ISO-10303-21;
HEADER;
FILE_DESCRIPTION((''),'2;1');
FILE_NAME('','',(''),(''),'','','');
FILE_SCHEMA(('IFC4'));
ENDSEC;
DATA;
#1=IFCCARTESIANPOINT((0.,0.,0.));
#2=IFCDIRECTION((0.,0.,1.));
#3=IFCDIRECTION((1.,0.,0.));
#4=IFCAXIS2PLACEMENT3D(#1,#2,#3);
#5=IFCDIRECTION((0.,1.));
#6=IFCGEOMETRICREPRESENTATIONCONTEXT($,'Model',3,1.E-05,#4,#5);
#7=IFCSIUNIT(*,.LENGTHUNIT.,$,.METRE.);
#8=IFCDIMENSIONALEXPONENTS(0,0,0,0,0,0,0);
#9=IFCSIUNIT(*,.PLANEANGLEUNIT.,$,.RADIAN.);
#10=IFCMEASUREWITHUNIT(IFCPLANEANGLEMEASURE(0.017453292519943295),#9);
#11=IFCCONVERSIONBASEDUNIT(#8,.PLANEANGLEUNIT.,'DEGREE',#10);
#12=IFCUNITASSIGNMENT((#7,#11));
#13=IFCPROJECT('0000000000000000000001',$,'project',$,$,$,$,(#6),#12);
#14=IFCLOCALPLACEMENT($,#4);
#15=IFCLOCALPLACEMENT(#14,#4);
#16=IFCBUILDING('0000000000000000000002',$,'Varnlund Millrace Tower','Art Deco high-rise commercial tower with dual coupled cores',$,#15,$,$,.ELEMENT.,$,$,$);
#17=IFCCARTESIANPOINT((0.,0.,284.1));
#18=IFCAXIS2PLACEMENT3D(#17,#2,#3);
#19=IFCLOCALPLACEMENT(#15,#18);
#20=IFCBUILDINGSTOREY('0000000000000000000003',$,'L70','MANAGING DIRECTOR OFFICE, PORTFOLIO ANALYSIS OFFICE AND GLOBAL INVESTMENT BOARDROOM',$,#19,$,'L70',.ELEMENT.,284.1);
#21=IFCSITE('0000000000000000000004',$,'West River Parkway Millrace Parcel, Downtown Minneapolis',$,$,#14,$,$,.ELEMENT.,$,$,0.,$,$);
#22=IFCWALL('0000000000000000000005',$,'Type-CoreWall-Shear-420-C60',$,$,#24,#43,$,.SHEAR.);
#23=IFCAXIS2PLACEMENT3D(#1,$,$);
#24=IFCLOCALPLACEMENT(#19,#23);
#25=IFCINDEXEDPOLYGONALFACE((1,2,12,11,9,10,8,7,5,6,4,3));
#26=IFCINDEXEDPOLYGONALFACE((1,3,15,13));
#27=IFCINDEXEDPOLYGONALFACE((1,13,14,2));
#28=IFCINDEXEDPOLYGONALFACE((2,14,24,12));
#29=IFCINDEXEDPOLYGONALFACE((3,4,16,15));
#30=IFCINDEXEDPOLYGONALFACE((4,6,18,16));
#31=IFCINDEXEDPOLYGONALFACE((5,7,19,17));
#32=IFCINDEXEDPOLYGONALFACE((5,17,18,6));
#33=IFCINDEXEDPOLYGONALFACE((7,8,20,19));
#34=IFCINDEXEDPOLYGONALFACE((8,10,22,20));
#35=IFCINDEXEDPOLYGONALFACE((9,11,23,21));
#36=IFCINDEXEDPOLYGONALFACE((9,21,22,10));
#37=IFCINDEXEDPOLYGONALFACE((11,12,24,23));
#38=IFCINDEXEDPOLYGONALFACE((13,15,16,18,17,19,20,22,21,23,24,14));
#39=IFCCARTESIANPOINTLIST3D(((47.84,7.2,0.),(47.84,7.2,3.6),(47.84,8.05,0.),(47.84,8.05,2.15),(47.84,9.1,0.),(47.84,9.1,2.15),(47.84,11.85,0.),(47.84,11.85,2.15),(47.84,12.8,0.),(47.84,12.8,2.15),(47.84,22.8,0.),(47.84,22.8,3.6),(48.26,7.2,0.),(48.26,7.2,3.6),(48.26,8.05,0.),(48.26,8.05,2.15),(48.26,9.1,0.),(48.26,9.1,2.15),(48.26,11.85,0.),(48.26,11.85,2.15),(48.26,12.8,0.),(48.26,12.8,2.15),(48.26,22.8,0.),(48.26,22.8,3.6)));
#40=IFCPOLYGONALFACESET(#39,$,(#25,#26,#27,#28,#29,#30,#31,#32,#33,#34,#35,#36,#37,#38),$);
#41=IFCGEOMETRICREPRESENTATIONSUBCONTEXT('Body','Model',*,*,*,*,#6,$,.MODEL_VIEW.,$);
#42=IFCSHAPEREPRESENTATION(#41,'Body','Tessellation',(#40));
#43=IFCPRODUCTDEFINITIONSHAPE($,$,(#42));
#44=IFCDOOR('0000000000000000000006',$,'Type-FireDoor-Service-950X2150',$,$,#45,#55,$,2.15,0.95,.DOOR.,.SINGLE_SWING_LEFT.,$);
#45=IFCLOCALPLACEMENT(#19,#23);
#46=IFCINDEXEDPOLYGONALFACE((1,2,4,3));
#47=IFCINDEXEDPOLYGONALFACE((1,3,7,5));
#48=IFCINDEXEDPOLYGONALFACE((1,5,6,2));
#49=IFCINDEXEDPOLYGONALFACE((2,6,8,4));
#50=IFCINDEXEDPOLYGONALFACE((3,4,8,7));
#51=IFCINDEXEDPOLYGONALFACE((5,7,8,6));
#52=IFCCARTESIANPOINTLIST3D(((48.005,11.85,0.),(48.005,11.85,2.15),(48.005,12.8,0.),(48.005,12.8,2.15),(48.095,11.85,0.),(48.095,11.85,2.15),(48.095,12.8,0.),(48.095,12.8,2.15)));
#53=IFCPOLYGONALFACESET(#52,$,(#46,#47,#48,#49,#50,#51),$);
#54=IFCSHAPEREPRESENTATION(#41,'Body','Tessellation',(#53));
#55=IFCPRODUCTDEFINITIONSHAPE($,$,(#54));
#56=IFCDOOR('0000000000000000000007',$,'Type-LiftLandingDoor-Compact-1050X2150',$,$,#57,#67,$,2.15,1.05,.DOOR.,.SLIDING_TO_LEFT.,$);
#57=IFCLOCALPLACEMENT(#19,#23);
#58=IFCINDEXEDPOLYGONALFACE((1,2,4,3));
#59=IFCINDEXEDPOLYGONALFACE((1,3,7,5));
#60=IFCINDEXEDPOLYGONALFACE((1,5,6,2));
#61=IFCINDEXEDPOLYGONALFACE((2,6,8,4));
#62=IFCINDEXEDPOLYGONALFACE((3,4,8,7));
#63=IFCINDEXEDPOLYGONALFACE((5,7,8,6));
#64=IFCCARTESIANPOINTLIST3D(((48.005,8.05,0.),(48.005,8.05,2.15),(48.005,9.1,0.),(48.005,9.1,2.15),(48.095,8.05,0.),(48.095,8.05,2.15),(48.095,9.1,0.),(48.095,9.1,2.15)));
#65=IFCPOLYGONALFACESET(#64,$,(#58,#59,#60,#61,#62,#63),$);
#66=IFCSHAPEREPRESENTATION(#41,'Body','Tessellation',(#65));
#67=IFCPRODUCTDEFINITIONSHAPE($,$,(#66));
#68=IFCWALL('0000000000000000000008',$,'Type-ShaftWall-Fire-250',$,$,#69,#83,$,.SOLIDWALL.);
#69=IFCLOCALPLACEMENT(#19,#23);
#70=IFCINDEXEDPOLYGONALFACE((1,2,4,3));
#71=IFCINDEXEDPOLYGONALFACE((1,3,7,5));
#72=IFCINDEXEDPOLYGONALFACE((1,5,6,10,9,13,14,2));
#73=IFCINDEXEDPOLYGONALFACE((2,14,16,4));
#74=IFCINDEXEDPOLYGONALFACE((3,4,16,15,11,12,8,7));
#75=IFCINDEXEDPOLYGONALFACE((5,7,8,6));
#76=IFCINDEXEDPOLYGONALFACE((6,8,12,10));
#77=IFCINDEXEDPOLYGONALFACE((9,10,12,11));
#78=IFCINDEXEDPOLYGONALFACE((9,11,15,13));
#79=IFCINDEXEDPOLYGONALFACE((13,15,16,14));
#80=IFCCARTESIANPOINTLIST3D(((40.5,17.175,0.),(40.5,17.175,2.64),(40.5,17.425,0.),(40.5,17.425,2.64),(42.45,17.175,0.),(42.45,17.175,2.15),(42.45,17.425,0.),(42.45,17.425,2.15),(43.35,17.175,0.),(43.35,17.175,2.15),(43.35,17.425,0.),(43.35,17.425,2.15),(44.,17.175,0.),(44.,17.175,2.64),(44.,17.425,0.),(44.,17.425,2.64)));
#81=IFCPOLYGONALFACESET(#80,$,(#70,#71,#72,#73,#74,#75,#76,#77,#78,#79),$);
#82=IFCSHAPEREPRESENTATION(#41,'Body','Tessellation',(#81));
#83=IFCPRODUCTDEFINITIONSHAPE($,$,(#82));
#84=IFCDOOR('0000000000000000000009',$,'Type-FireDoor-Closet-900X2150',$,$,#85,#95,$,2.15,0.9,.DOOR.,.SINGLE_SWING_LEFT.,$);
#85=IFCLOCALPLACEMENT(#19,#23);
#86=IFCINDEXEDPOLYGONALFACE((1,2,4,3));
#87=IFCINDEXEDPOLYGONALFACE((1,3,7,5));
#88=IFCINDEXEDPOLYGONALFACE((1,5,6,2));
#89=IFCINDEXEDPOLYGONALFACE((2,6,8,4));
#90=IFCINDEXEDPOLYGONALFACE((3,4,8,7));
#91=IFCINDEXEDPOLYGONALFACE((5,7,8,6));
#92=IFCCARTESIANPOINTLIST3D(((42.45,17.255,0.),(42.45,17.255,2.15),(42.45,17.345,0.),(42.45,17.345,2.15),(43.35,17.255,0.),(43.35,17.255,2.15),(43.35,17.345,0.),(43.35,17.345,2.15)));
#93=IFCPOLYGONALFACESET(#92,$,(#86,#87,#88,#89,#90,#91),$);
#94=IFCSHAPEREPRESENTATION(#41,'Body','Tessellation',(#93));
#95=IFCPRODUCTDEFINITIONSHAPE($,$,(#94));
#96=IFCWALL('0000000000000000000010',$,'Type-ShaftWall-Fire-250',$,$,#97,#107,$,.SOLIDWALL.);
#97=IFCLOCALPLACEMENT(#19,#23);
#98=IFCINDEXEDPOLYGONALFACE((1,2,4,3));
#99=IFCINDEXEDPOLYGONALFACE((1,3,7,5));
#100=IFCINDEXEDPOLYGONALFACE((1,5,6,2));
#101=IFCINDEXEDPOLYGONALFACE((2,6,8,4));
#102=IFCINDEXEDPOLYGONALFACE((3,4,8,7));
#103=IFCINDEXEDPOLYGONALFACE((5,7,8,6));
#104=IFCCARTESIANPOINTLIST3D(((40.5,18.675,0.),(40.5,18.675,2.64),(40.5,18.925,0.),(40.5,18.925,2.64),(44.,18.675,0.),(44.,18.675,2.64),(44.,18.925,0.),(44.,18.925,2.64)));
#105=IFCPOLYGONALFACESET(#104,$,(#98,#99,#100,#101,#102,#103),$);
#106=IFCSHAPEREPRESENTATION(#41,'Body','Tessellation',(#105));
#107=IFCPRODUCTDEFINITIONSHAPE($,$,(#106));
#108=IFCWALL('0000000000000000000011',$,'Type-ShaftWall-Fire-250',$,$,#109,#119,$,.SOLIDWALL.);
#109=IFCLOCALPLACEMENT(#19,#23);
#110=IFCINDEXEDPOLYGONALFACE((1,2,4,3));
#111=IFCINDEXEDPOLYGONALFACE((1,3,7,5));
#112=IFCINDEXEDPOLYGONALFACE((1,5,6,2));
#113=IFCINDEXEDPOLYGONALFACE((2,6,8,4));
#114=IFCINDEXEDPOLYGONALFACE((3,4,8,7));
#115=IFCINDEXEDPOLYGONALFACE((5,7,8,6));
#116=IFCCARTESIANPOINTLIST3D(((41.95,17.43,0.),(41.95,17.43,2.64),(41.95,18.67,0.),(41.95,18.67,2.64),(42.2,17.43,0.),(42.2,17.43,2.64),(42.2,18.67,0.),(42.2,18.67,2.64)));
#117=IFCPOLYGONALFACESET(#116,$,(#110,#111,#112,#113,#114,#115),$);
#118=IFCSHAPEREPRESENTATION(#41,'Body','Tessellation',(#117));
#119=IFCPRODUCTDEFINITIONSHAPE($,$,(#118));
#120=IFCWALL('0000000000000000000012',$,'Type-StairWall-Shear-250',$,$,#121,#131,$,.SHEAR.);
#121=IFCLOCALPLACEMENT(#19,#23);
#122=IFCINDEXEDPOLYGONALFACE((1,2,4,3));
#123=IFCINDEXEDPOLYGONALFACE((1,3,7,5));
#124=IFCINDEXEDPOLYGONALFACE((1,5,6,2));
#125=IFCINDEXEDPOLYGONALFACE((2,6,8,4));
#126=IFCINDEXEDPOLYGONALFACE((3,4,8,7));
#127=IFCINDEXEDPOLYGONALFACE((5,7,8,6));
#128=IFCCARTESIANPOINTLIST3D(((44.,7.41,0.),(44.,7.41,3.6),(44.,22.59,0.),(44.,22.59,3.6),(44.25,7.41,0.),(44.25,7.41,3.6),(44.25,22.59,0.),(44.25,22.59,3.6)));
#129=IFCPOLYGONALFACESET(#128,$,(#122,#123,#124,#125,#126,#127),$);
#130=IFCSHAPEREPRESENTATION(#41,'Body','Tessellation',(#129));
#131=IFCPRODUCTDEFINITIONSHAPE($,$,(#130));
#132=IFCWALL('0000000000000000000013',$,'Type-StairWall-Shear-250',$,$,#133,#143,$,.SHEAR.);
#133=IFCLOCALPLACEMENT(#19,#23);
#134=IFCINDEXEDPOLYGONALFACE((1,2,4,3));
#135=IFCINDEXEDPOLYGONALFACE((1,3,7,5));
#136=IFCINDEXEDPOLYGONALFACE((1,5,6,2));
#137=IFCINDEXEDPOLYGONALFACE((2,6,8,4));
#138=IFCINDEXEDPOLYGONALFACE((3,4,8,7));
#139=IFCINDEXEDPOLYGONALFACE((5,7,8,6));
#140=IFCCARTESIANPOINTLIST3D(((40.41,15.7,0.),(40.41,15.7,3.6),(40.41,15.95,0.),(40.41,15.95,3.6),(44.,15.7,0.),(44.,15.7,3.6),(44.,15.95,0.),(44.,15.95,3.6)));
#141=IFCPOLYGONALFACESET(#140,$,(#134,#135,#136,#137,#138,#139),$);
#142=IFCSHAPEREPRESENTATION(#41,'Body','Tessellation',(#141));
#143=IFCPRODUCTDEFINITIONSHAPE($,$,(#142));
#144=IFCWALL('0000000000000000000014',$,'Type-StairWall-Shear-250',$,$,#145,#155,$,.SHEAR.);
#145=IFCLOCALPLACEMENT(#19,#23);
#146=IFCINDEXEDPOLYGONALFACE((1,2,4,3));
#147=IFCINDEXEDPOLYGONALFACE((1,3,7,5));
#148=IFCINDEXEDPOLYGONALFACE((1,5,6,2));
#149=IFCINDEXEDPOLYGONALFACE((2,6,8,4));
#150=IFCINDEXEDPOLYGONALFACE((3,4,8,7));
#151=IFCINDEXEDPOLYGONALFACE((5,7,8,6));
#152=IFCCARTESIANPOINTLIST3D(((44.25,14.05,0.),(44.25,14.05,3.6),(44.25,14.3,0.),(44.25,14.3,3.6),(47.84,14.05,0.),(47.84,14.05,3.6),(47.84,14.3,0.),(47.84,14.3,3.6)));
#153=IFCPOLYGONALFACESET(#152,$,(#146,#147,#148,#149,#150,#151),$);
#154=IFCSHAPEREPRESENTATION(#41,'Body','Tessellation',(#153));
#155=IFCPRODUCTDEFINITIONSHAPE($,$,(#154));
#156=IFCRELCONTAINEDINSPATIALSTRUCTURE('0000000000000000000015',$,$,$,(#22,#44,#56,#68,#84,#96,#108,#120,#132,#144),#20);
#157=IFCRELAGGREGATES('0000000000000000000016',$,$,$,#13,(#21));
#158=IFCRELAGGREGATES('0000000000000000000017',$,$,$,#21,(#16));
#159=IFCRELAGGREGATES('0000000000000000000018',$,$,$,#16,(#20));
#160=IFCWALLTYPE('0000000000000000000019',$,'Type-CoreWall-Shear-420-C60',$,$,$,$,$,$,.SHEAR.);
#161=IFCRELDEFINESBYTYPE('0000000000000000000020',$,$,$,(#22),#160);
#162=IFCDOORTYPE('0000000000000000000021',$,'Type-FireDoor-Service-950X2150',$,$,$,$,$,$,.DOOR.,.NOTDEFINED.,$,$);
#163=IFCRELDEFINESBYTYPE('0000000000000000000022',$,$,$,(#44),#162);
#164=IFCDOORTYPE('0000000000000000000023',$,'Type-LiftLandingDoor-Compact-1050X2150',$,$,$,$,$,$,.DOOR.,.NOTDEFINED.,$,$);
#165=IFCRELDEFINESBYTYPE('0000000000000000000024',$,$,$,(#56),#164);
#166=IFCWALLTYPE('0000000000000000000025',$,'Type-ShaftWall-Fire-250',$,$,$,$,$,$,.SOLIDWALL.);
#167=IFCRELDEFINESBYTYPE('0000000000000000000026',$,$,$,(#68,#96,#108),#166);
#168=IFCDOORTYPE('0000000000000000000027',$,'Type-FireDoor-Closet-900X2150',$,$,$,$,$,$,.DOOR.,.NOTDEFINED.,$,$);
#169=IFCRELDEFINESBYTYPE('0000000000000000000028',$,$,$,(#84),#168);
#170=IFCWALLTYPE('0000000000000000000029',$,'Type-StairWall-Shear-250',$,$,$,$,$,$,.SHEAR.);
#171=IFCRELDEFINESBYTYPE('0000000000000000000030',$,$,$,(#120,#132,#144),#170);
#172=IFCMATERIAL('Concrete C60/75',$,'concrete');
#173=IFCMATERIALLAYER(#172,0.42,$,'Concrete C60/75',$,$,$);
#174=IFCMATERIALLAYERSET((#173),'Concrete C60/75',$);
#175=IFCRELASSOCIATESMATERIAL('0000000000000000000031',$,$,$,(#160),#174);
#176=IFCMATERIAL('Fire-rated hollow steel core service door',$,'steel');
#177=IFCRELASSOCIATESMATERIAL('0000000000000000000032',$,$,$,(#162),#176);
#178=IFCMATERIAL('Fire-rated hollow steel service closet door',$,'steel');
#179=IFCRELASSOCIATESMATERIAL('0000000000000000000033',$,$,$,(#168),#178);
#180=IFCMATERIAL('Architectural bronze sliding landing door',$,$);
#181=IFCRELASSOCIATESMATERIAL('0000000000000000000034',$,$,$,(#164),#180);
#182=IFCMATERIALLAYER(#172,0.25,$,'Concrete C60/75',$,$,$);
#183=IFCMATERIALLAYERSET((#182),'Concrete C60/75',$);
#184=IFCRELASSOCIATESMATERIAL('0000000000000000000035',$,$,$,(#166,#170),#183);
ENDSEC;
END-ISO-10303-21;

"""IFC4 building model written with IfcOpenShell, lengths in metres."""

from ifc_helpers import new_model, entity, si_unit, converted_unit, direction, frame, origin_with_axes, origin_2d_with_axis, place, context, subcontext, project, spatial, polyline, rectangle, outline, extrude, material, layer, layer_set, type_object, element, fill, save


model = new_model("IFC4")

# Units and contexts
model_context = context("Model", 3, precision=1e-05, world=origin_with_axes(), true_north=direction((0.0, 1.0)))
body_context = subcontext(model_context, "Body", "Model", "MODEL_VIEW")
ifc_project = project(units=[si_unit("LENGTHUNIT", "METRE"), converted_unit("PLANEANGLEUNIT", "DEGREE", entity("IfcPlaneAngleMeasure", 0.017453292519943295), si_unit("PLANEANGLEUNIT", "RADIAN"), dimensions=[0, 0, 0, 0, 0, 0, 0])], contexts=[model_context])

# Site, building, storey
site_placement = place(None, origin_with_axes())
site = spatial("IfcSite", under=ifc_project, at=site_placement, Name="West River Parkway Millrace Parcel, Downtown Minneapolis", CompositionType="ELEMENT", RefElevation=0.0)
building_placement = place(site_placement, origin_with_axes())
building = spatial("IfcBuilding", under=site, at=building_placement, Name="Varnlund Millrace Tower", Description="Art Deco high-rise commercial tower with dual coupled cores", CompositionType="ELEMENT")
storey_placement = place(building_placement, frame((0.0, 0.0, 284.1), z_axis=(0.0, 0.0, 1.0), x_axis=(1.0, 0.0, 0.0)))
storey = spatial("IfcBuildingStorey", under=building, at=storey_placement, Name="L70", Description="MANAGING DIRECTOR OFFICE, PORTFOLIO ANALYSIS OFFICE AND GLOBAL INVESTMENT BOARDROOM", LongName="L70", CompositionType="ELEMENT", Elevation=284.1)

# Shared definitions
ifc_material_1 = material(Name="Concrete C60/75", Category="concrete")
ifc_layer_1 = layer(ifc_material_1, 0.42, Name="Concrete C60/75")
ifc_layer_set_1 = layer_set([ifc_layer_1], Name="Concrete C60/75")
wall_type_1 = type_object("IfcWallType", Name="Type-CoreWall-Shear-420-C60", PredefinedType="SHEAR", material=ifc_layer_set_1)
ifc_material_2 = material(Name="Fire-rated hollow steel core service door", Category="steel")
door_type_1 = type_object("IfcDoorType", Name="Type-FireDoor-Service-950X2150", OperationType="NOTDEFINED", PredefinedType="DOOR", material=ifc_material_2)
ifc_material_3 = material(Name="Fire-rated hollow steel service closet door", Category="steel")
door_type_2 = type_object("IfcDoorType", Name="Type-FireDoor-Closet-900X2150", OperationType="NOTDEFINED", PredefinedType="DOOR", material=ifc_material_3)

# Wall, openings, doors
wall_1_placement = place(storey_placement, frame((48.05, 7.2, 0.0), z_axis=(0.0, 0.0, 1.0), x_axis=(0.0, 1.0, 0.0)))
wall_1 = element("IfcWall", 1, at=wall_1_placement, inside=storey, type_object=wall_type_1, Name="Type-CoreWall-Shear-420-C60", PredefinedType="SHEAR", context=body_context, shape_type="SweptSolid", body=[
    extrude(outline(polyline([(0.0, -0.21), (15.6, -0.21), (15.6, 0.21), (0.0, 0.21), (0.0, -0.21)])), origin_with_axes(), (0.0, 0.0, 1.0), 3.6),
])
opening_1_placement = place(wall_1_placement, frame((1.375, 0.0, 0.0), z_axis=(0.0, 0.0, 1.0), x_axis=(1.0, 0.0, 0.0)))
opening_1 = element("IfcOpeningElement", 2, at=opening_1_placement, cuts=wall_1, PredefinedType="OPENING", context=body_context, shape_type="SweptSolid", body=[
    extrude(rectangle(XDim=1.05, YDim=0.44, at=origin_2d_with_axis()), origin_with_axes(), (0.0, 0.0, 1.0), 2.15),
])
opening_2_placement = place(wall_1_placement, frame((5.125, 0.0, 0.0), z_axis=(0.0, 0.0, 1.0), x_axis=(1.0, 0.0, 0.0)))
opening_2 = element("IfcOpeningElement", 3, at=opening_2_placement, cuts=wall_1, PredefinedType="OPENING", context=body_context, shape_type="SweptSolid", body=[
    extrude(rectangle(XDim=0.95, YDim=0.44, at=origin_2d_with_axis()), origin_with_axes(), (0.0, 0.0, 1.0), 2.15),
])
door_1_placement = place(wall_1_placement, frame((5.125, 0.0, 0.0), z_axis=(0.0, 0.0, 1.0), x_axis=(1.0, 0.0, 0.0)))
door_1 = element("IfcDoor", 4, at=door_1_placement, inside=storey, type_object=door_type_1, Name="Type-FireDoor-Service-950X2150", OperationType="SINGLE_SWING_LEFT", OverallHeight=2.15, OverallWidth=0.95, PredefinedType="DOOR", context=body_context, shape_type="SweptSolid", body=[
    extrude(rectangle(XDim=0.95, YDim=0.09, at=origin_2d_with_axis()), origin_with_axes(), (0.0, 0.0, 1.0), 2.15),
])
fill(opening_2, door_1)
ifc_material_4 = material(Name="Architectural bronze sliding landing door")
door_type_3 = type_object("IfcDoorType", Name="Type-LiftLandingDoor-Compact-1050X2150", OperationType="NOTDEFINED", PredefinedType="DOOR", material=ifc_material_4)
door_2_placement = place(wall_1_placement, frame((1.375, 0.0, 0.0), z_axis=(0.0, 0.0, 1.0), x_axis=(1.0, 0.0, 0.0)))
door_2 = element("IfcDoor", 5, at=door_2_placement, inside=storey, type_object=door_type_3, Name="Type-LiftLandingDoor-Compact-1050X2150", OperationType="SLIDING_TO_LEFT", OverallHeight=2.15, OverallWidth=1.05, PredefinedType="DOOR", context=body_context, shape_type="SweptSolid", body=[
    extrude(rectangle(XDim=1.05, YDim=0.09, at=origin_2d_with_axis()), origin_with_axes(), (0.0, 0.0, 1.0), 2.15),
])
fill(opening_1, door_2)

# Wall, opening, door
ifc_layer_2 = layer(ifc_material_1, 0.25, Name="Concrete C60/75")
ifc_layer_set_2 = layer_set([ifc_layer_2], Name="Concrete C60/75")
wall_type_2 = type_object("IfcWallType", Name="Type-ShaftWall-Fire-250", PredefinedType="SOLIDWALL", material=ifc_layer_set_2)
wall_2_placement = place(storey_placement, frame((40.5, 17.3, 0.0), z_axis=(0.0, 0.0, 1.0), x_axis=(1.0, 0.0, 0.0)))
wall_2 = element("IfcWall", 6, at=wall_2_placement, inside=storey, type_object=wall_type_2, Name="Type-ShaftWall-Fire-250", PredefinedType="SOLIDWALL", context=body_context, shape_type="SweptSolid", body=[
    extrude(outline(polyline([(0.0, -0.125), (3.5, -0.125), (3.5, 0.125), (0.0, 0.125), (0.0, -0.125)])), origin_with_axes(), (0.0, 0.0, 1.0), 2.64),
])
opening_3_placement = place(wall_2_placement, frame((2.4, 0.0, 0.0), z_axis=(0.0, 0.0, 1.0), x_axis=(1.0, 0.0, 0.0)))
opening_3 = element("IfcOpeningElement", 7, at=opening_3_placement, cuts=wall_2, PredefinedType="OPENING", context=body_context, shape_type="SweptSolid", body=[
    extrude(rectangle(XDim=0.9, YDim=0.27, at=origin_2d_with_axis()), origin_with_axes(), (0.0, 0.0, 1.0), 2.15),
])
door_3_placement = place(wall_2_placement, frame((2.4, 0.0, 0.0), z_axis=(0.0, 0.0, 1.0), x_axis=(1.0, 0.0, 0.0)))
door_3 = element("IfcDoor", 8, at=door_3_placement, inside=storey, type_object=door_type_2, Name="Type-FireDoor-Closet-900X2150", OperationType="SINGLE_SWING_LEFT", OverallHeight=2.15, OverallWidth=0.9, PredefinedType="DOOR", context=body_context, shape_type="SweptSolid", body=[
    extrude(rectangle(XDim=0.9, YDim=0.09, at=origin_2d_with_axis()), origin_with_axes(), (0.0, 0.0, 1.0), 2.15),
])
fill(opening_3, door_3)

# Walls
wall_3_placement = place(storey_placement, frame((40.5, 18.8, 0.0), z_axis=(0.0, 0.0, 1.0), x_axis=(1.0, 0.0, 0.0)))
element("IfcWall", 9, at=wall_3_placement, inside=storey, type_object=wall_type_2, Name="Type-ShaftWall-Fire-250", PredefinedType="SOLIDWALL", context=body_context, shape_type="SweptSolid", body=[
    extrude(outline(polyline([(0.0, -0.125), (3.5, -0.125), (3.5, 0.125), (0.0, 0.125), (0.0, -0.125)])), origin_with_axes(), (0.0, 0.0, 1.0), 2.64),
])
wall_4_placement = place(storey_placement, frame((42.075, 17.43, 0.0), z_axis=(0.0, 0.0, 1.0), x_axis=(0.0, 1.0, 0.0)))
element("IfcWall", 10, at=wall_4_placement, inside=storey, type_object=wall_type_2, Name="Type-ShaftWall-Fire-250", PredefinedType="SOLIDWALL", context=body_context, shape_type="SweptSolid", body=[
    extrude(outline(polyline([(0.0, -0.125), (1.24, -0.125), (1.24, 0.125), (0.0, 0.125), (0.0, -0.125)])), origin_with_axes(), (0.0, 0.0, 1.0), 2.64),
])
wall_type_3 = type_object("IfcWallType", Name="Type-StairWall-Shear-250", PredefinedType="SHEAR", material=ifc_layer_set_2)
wall_5_placement = place(storey_placement, frame((44.125, 7.41, 0.0), z_axis=(0.0, 0.0, 1.0), x_axis=(0.0, 1.0, 0.0)))
element("IfcWall", 11, at=wall_5_placement, inside=storey, type_object=wall_type_3, Name="Type-StairWall-Shear-250", PredefinedType="SHEAR", context=body_context, shape_type="SweptSolid", body=[
    extrude(outline(polyline([(0.0, -0.125), (15.18, -0.125), (15.18, 0.125), (0.0, 0.125), (0.0, -0.125)])), origin_with_axes(), (0.0, 0.0, 1.0), 3.6),
])
for number, where, z_axis, x_axis, name in (
    (12, (40.41, 15.825, 0.0), (0.0, 0.0, 1.0), (1.0, 0.0, 0.0), "Type-StairWall-Shear-250"),
    (13, (44.25, 14.175, 0.0), (0.0, 0.0, 1.0), (1.0, 0.0, 0.0), "Type-StairWall-Shear-250"),
):
    element("IfcWall", number, at=place(storey_placement, frame(where, z_axis=z_axis, x_axis=x_axis)), inside=storey, type_object=wall_type_3, Name=name, PredefinedType="SHEAR", context=body_context, shape_type="SweptSolid", body=[
        extrude(outline(polyline([(0.0, -0.125), (3.59, -0.125), (3.59, 0.125), (0.0, 0.125), (0.0, -0.125)])), origin_with_axes(), (0.0, 0.0, 1.0), 3.6),
    ])

save(model, "model.ifc")
